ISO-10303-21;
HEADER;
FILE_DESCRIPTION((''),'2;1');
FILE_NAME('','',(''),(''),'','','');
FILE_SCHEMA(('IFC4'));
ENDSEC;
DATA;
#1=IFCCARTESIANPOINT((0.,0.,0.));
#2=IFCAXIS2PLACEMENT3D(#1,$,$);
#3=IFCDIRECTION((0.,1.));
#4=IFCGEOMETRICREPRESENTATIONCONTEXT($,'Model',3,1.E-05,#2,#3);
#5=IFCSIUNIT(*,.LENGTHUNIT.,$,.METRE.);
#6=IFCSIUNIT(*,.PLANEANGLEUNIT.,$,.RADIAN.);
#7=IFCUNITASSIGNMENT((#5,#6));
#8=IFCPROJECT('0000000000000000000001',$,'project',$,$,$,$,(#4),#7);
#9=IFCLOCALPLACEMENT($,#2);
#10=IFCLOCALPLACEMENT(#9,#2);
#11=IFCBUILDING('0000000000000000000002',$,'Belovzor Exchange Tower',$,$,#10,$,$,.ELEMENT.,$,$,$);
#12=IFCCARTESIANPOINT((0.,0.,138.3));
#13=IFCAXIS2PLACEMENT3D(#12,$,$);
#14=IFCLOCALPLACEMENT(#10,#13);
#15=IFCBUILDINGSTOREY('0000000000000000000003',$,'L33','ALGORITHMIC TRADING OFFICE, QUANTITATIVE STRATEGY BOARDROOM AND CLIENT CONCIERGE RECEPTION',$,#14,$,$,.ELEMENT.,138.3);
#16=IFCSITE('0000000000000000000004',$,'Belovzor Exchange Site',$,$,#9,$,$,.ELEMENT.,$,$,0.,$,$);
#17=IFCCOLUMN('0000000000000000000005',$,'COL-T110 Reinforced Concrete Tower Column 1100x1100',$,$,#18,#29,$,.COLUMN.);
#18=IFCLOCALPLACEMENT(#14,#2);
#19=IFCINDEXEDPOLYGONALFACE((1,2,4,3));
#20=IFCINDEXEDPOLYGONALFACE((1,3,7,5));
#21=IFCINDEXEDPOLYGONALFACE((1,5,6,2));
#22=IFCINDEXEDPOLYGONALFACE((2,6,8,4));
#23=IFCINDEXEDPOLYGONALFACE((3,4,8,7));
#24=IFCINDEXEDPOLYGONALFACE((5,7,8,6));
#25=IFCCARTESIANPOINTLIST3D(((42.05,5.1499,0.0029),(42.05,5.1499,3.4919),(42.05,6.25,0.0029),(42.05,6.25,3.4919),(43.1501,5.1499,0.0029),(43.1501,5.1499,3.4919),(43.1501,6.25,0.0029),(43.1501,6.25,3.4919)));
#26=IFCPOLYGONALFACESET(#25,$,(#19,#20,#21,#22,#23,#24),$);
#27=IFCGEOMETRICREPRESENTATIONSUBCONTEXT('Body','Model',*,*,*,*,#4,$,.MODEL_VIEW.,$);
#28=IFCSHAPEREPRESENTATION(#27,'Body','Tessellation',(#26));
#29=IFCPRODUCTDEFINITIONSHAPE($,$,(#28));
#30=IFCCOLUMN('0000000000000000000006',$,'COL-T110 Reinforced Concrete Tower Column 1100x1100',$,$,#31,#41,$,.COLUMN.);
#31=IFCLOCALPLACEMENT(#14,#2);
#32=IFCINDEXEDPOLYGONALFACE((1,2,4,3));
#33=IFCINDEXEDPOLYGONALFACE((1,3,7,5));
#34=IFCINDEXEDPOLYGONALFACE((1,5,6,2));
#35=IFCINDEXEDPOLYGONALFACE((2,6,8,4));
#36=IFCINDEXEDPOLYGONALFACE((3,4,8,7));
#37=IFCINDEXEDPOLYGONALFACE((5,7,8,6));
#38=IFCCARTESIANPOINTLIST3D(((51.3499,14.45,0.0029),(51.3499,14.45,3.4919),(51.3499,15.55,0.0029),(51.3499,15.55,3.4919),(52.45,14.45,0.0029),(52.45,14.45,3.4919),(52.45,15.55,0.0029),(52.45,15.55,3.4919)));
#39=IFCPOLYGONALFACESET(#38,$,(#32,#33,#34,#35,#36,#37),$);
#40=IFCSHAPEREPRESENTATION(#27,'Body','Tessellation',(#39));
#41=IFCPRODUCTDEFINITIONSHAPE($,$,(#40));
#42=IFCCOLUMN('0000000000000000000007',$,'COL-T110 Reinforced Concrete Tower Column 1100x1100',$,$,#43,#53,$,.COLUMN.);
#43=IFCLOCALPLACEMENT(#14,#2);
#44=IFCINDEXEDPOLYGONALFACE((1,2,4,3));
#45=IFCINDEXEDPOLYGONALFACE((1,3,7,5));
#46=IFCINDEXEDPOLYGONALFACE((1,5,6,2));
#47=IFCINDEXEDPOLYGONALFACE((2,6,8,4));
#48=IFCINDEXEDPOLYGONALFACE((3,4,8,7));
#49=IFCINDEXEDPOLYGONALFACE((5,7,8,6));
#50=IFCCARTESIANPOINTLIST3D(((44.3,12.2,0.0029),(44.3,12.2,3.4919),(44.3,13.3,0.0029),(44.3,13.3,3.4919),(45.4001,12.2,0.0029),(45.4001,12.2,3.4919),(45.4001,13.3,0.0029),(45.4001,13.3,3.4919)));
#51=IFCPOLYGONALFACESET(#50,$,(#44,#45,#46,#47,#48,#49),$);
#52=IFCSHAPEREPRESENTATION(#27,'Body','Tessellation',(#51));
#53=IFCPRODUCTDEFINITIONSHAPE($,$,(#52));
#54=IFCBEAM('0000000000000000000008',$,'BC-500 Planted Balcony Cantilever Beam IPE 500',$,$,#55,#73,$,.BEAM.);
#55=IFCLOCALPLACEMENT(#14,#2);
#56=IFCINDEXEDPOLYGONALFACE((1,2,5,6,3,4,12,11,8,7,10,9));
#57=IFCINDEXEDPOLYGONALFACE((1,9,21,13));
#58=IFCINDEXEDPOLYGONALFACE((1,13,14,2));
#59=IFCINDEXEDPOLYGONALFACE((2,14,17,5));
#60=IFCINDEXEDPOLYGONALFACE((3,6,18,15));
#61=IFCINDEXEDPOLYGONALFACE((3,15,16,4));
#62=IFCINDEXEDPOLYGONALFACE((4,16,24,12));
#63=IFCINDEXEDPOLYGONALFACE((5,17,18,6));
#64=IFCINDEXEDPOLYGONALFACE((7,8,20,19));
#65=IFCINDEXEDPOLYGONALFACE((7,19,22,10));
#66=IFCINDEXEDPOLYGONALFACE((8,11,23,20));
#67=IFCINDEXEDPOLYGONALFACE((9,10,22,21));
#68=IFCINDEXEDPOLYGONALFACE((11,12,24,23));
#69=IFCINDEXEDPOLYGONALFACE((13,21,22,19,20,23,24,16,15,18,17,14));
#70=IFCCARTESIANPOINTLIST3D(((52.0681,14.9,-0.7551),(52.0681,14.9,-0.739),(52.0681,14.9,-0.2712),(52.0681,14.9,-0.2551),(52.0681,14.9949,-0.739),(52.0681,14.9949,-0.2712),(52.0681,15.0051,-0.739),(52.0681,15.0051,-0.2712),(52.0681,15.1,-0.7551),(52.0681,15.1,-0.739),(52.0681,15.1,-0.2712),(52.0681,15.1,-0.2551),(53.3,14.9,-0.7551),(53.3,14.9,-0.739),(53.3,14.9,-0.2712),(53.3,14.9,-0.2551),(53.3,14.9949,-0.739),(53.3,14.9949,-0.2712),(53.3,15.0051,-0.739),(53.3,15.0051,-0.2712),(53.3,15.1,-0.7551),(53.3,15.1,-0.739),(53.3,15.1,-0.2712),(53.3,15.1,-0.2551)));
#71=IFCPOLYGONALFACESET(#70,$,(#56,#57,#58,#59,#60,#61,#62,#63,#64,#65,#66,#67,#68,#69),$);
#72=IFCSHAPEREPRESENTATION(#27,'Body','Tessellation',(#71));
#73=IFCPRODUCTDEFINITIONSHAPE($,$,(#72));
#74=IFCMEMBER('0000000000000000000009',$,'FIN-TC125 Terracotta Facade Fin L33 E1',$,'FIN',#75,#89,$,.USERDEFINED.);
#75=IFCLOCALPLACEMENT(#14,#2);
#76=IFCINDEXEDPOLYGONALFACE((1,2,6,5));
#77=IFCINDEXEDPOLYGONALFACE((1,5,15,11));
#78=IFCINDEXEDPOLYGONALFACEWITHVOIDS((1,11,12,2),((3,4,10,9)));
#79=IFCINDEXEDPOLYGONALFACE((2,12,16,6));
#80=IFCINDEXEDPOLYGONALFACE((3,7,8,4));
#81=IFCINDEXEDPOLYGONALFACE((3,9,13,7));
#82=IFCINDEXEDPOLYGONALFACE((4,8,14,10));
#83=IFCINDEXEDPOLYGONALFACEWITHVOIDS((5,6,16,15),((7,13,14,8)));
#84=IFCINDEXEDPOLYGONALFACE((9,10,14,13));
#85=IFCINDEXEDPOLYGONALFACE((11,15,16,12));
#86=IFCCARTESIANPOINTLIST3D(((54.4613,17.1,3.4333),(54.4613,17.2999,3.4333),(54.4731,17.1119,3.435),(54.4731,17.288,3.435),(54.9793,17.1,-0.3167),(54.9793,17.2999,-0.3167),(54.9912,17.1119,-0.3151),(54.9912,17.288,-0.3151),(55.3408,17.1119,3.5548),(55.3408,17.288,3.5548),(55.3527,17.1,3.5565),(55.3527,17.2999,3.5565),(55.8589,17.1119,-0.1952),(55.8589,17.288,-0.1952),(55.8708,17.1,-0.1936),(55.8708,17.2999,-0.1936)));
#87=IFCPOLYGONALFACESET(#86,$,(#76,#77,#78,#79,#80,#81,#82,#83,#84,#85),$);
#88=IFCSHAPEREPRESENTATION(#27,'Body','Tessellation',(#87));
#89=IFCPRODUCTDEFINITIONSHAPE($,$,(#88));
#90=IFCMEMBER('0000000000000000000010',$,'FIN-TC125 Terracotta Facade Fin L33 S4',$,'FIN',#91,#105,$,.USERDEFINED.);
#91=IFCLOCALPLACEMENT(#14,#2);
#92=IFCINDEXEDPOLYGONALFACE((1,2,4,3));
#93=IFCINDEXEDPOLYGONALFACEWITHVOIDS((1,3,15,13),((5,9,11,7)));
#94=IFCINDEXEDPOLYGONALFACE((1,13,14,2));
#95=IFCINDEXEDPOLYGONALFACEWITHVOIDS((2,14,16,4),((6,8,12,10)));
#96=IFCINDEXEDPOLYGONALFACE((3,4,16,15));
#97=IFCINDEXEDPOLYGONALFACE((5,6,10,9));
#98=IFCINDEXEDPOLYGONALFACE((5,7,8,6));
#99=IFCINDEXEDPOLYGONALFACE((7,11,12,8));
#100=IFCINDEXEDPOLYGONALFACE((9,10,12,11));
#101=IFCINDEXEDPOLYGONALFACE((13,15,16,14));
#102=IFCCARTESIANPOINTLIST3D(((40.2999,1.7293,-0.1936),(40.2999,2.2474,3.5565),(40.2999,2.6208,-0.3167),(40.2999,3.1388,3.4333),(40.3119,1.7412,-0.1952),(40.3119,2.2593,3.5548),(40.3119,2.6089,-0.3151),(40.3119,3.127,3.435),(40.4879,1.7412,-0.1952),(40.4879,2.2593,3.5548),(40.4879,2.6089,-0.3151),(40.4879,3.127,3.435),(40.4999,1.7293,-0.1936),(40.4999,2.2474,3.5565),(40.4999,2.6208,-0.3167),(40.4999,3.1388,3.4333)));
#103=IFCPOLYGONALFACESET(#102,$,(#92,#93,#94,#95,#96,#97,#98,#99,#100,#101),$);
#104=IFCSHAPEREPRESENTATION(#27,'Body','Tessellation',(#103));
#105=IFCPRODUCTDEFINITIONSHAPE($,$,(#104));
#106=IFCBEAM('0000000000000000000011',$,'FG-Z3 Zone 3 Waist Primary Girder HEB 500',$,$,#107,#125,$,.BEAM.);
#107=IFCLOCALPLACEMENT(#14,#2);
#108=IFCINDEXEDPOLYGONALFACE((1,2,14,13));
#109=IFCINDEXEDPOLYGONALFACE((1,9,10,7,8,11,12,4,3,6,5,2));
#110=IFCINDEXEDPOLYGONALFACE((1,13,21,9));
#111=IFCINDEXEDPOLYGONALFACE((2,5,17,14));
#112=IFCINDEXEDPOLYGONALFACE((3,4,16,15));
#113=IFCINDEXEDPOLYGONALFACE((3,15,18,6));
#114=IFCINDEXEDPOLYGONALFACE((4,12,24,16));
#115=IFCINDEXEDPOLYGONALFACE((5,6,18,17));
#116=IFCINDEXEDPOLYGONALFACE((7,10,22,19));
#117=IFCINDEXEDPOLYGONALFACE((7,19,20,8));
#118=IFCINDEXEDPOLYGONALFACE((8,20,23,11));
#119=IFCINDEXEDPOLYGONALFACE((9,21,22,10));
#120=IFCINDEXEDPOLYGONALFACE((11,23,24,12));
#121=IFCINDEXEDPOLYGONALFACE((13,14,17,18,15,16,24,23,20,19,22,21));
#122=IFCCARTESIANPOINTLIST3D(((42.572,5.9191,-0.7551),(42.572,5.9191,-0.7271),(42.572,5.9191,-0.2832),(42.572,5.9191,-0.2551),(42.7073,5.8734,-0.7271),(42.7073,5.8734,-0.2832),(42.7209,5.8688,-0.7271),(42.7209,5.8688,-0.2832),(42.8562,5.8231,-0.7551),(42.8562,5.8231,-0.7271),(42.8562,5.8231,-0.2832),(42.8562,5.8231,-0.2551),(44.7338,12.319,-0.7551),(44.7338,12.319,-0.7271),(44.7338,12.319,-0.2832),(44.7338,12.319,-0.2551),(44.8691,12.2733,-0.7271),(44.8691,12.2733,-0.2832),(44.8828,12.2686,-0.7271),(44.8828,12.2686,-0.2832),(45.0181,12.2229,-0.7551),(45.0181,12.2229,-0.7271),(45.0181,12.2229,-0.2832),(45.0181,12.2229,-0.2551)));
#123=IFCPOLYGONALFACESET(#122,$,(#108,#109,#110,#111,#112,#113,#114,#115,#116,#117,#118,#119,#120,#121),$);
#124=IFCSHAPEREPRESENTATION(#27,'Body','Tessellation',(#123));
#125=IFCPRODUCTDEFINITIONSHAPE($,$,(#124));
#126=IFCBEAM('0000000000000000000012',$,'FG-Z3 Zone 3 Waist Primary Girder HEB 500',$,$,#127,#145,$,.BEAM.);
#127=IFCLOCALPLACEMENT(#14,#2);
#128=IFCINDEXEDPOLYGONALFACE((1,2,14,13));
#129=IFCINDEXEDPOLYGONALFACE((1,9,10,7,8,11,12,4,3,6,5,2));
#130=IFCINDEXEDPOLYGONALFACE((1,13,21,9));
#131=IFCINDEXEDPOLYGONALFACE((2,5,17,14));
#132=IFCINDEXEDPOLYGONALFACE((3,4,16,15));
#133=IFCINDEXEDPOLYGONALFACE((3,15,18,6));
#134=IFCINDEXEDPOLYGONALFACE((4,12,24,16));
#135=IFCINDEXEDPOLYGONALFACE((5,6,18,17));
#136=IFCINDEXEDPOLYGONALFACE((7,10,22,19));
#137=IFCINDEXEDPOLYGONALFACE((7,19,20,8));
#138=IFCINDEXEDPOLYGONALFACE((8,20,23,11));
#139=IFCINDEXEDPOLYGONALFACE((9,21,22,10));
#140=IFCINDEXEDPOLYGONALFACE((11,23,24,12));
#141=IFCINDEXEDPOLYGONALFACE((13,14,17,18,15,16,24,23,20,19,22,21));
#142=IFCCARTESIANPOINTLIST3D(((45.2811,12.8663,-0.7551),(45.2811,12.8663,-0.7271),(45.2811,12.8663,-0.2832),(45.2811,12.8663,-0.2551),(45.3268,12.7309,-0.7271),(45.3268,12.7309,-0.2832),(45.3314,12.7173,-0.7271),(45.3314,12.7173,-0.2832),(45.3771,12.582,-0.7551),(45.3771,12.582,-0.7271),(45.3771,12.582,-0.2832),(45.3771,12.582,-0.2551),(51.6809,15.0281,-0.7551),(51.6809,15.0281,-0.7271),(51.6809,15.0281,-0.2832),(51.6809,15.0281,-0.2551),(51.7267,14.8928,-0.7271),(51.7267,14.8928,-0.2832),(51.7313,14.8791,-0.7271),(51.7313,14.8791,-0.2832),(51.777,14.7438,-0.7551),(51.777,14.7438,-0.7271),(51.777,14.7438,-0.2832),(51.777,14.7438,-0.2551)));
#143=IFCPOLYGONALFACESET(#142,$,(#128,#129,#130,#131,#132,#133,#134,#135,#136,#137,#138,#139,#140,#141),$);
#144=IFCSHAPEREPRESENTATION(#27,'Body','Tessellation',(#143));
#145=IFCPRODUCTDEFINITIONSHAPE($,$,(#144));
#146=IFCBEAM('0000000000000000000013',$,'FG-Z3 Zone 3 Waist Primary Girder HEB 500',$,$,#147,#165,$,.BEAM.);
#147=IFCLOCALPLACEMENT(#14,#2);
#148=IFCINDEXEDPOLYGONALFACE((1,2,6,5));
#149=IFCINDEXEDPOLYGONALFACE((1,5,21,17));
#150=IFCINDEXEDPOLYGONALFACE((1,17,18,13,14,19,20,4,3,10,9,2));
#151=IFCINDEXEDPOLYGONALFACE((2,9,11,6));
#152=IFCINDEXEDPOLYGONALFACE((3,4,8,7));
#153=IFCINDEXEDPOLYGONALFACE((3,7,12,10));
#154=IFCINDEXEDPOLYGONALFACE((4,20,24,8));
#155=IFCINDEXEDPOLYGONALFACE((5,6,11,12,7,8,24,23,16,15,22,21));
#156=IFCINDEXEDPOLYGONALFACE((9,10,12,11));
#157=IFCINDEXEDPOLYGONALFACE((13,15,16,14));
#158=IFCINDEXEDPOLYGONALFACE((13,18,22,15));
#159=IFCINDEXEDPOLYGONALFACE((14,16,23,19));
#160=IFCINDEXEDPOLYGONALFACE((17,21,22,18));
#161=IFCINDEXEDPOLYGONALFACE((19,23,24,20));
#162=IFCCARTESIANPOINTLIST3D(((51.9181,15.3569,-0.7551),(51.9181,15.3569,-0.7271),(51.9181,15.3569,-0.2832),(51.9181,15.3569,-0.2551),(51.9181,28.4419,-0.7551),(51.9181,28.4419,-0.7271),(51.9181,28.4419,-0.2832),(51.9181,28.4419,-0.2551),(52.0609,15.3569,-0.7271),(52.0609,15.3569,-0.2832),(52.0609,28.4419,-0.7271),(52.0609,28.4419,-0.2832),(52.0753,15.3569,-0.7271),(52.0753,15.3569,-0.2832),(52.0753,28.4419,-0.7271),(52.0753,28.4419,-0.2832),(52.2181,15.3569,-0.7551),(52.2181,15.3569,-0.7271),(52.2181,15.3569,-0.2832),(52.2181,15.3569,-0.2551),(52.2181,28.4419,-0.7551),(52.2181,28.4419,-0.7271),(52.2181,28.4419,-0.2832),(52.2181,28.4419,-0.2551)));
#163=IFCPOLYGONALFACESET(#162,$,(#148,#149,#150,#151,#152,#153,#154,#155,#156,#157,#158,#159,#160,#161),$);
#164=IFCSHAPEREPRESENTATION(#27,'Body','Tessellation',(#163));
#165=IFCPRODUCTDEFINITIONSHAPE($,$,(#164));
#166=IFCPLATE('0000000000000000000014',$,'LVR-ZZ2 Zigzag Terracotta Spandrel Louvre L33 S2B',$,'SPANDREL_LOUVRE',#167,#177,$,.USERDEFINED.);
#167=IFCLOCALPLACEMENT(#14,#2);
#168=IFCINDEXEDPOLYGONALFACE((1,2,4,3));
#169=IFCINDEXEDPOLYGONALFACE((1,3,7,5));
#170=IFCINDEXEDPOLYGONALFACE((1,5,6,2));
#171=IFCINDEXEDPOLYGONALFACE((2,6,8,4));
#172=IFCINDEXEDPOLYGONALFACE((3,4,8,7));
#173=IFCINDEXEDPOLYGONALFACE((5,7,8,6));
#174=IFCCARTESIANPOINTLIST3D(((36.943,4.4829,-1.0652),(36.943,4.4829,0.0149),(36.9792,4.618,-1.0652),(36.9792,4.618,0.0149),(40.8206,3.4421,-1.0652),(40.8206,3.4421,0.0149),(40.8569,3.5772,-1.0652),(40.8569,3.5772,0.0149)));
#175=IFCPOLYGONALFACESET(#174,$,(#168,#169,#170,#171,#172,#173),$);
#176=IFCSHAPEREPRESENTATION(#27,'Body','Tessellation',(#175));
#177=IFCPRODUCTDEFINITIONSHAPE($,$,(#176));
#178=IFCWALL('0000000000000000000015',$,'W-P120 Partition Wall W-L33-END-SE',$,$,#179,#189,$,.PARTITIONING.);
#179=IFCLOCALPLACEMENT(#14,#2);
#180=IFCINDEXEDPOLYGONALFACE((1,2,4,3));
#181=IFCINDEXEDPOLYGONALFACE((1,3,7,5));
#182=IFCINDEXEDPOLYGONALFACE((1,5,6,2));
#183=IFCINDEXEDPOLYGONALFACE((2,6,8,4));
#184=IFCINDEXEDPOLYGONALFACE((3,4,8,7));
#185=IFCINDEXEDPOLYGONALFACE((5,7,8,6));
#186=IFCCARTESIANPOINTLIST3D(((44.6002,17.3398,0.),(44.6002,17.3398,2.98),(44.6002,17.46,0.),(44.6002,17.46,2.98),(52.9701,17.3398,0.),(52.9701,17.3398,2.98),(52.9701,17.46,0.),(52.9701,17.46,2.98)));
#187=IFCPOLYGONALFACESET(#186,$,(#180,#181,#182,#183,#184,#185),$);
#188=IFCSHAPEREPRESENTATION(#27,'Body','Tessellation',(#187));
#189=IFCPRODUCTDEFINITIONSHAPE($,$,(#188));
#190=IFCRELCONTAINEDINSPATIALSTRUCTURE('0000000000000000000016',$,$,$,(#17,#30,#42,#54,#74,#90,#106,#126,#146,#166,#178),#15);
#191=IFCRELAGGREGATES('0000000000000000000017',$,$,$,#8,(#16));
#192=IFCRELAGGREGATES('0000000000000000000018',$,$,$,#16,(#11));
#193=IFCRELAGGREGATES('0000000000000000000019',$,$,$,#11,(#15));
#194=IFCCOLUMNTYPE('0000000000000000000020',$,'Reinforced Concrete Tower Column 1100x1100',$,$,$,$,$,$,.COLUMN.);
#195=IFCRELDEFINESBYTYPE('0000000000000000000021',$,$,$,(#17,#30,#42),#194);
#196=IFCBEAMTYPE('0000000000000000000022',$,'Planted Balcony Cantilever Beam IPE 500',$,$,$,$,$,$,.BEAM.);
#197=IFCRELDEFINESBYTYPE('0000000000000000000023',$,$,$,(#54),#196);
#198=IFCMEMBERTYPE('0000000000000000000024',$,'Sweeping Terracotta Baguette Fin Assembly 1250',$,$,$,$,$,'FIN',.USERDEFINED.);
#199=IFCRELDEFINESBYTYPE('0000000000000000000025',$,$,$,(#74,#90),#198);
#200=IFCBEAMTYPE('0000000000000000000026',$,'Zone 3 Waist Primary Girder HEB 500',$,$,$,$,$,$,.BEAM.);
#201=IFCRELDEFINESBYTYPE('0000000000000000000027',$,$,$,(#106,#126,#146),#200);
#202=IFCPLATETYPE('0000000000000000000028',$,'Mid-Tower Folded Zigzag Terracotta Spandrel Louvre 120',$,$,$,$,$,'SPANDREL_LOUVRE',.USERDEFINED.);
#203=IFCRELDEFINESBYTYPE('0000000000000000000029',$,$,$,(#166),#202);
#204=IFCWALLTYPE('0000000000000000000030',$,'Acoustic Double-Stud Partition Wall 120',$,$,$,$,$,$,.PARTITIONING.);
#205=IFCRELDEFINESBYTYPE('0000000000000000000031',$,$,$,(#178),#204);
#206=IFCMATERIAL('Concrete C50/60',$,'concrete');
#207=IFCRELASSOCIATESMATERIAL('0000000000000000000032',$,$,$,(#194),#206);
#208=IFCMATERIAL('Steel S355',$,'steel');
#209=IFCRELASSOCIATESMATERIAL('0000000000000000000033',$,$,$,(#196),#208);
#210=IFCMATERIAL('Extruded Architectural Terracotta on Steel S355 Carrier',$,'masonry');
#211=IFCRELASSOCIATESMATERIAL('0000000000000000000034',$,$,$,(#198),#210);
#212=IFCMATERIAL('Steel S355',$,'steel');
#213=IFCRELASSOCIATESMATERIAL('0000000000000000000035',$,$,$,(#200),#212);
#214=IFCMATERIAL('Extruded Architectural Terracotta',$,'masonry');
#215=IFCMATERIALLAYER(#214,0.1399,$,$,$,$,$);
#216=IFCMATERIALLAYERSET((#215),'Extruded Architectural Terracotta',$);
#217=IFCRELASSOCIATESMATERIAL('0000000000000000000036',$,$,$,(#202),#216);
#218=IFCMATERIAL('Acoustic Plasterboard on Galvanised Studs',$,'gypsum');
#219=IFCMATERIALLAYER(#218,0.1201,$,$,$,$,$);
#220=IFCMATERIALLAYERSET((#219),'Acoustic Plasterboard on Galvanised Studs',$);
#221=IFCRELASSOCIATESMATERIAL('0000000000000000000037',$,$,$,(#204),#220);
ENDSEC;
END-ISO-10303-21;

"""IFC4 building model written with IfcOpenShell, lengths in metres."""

from ifc_helpers import new_model, si_unit, direction, frame, frame_2d, origin, origin_2d, place, context, subcontext, project, spatial, rectangle, hollow_rectangle, i_section, extrude, material, layer, layer_set, material_profile, profile_set, type_object, element, save


model = new_model("IFC4")

# Units and contexts
model_context = context("Model", 3, precision=1e-05, world=origin(), true_north=direction((0.0, 1.0)))
body_context = subcontext(model_context, "Body", "Model", "MODEL_VIEW")
ifc_project = project(units=[si_unit("LENGTHUNIT", "METRE"), si_unit("PLANEANGLEUNIT", "RADIAN")], contexts=[model_context])

# Site, building, storey
site_placement = place(None, origin())
site = spatial("IfcSite", under=ifc_project, at=site_placement, Name="Belovzor Exchange Site", CompositionType="ELEMENT", RefElevation=0.0)
building_placement = place(site_placement, origin())
building = spatial("IfcBuilding", under=site, at=building_placement, Name="Belovzor Exchange Tower", CompositionType="ELEMENT")
storey_placement = place(building_placement, frame((0.0, 0.0, 138.3)))
storey = spatial("IfcBuildingStorey", under=building, at=storey_placement, Name="L33", Description="ALGORITHMIC TRADING OFFICE, QUANTITATIVE STRATEGY BOARDROOM AND CLIENT CONCIERGE RECEPTION", CompositionType="ELEMENT", Elevation=138.3)

# Columns
ifc_material_1 = material(Name="Concrete C50/60", Category="concrete")
ifc_material_profile_1 = material_profile(ifc_material_1, rectangle(XDim=1.1001, YDim=1.1001, at=origin_2d()))
ifc_profile_set_1 = profile_set([ifc_material_profile_1], Name="Concrete C50/60")
column_type = type_object("IfcColumnType", Name="Reinforced Concrete Tower Column 1100x1100", PredefinedType="COLUMN", material=ifc_profile_set_1)
for number, where, z_axis, x_axis, name in (
    (1, (42.6001, 5.7, 0.0029), (0.0, 0.0, 1.0), (1.0, 0.0, 0.0), "COL-T110 Reinforced Concrete Tower Column 1100x1100"),
    (2, (51.8999, 15.0, 0.0029), (0.0, 0.0, 1.0), (1.0, 0.0, 0.0), "COL-T110 Reinforced Concrete Tower Column 1100x1100"),
    (3, (44.8501, 12.75, 0.0029), (0.0, 0.0, 1.0), (1.0, 0.0, 0.0), "COL-T110 Reinforced Concrete Tower Column 1100x1100"),
):
    element("IfcColumn", number, at=place(storey_placement, frame(where, z_axis=z_axis, x_axis=x_axis)), inside=storey, type_object=column_type, Name=name, PredefinedType="COLUMN", context=body_context, shape_type="SweptSolid", body=[
        extrude(rectangle(XDim=1.1001, YDim=1.1001, at=origin_2d()), origin(), (0.0, 0.0, 1.0), 3.489),
    ])

# Beam
ifc_material_2 = material(Name="Steel S355", Category="steel")
ifc_material_profile_2 = material_profile(ifc_material_2, i_section(OverallWidth=0.2, OverallDepth=0.5, WebThickness=0.0103, FlangeThickness=0.0161, at=origin_2d()))
ifc_profile_set_2 = profile_set([ifc_material_profile_2], Name="Steel S355")
beam_type_1 = type_object("IfcBeamType", Name="Planted Balcony Cantilever Beam IPE 500", PredefinedType="BEAM", material=ifc_profile_set_2)
beam_1_placement = place(storey_placement, frame((52.0681, 15.0, -0.5051), z_axis=(1.0, 0.0, 0.0), x_axis=(0.0, 1.0, 0.0)))
element("IfcBeam", 4, at=beam_1_placement, inside=storey, type_object=beam_type_1, Name="BC-500 Planted Balcony Cantilever Beam IPE 500", PredefinedType="BEAM", context=body_context, shape_type="SweptSolid", body=[
    extrude(i_section(OverallWidth=0.2, OverallDepth=0.5, WebThickness=0.0103, FlangeThickness=0.0161, at=origin_2d()), origin(), (0.0, 0.0, 1.0), 1.2319),
])

# Members
ifc_material_3 = material(Name="Extruded Architectural Terracotta on Steel S355 Carrier", Category="masonry")
ifc_material_profile_3 = material_profile(ifc_material_3, hollow_rectangle(XDim=0.2, YDim=0.8999, WallThickness=0.012, at=origin_2d()))
ifc_profile_set_3 = profile_set([ifc_material_profile_3], Name="Extruded Architectural Terracotta on Steel S355 Carrier")
member_type = type_object("IfcMemberType", Name="Sweeping Terracotta Baguette Fin Assembly 1250", ElementType="FIN", PredefinedType="USERDEFINED", material=ifc_profile_set_3)
for number, where, z_axis, x_axis, name in (
    (5, (55.425, 17.2, -0.2551), (-0.136851, 0.0, 0.990592), (0.0, -1.0, 0.0), "FIN-TC125 Terracotta Facade Fin L33 E1"),
    (6, (40.3999, 2.175, -0.2551), (0.0, 0.136851, 0.990592), (-1.0, 0.0, 0.0), "FIN-TC125 Terracotta Facade Fin L33 S4"),
):
    element("IfcMember", number, at=place(storey_placement, frame(where, z_axis=z_axis, x_axis=x_axis)), inside=storey, type_object=member_type, Name=name, ObjectType="FIN", PredefinedType="USERDEFINED", context=body_context, shape_type="SweptSolid", body=[
        extrude(hollow_rectangle(XDim=0.2, YDim=0.8999, WallThickness=0.012, at=origin_2d()), origin(), (0.0, 0.0, 1.0), 3.7856),
    ])

# Beams
ifc_material_4 = material(Name="Steel S355", Category="steel")
ifc_material_profile_4 = material_profile(ifc_material_4, i_section(OverallWidth=0.3, OverallDepth=0.5, WebThickness=0.0144, FlangeThickness=0.0281, at=origin_2d()))
ifc_profile_set_4 = profile_set([ifc_material_profile_4], Name="Steel S355")
beam_type_2 = type_object("IfcBeamType", Name="Zone 3 Waist Primary Girder HEB 500", PredefinedType="BEAM", material=ifc_profile_set_4)
for number, where, z_axis, x_axis, name in (
    (7, (42.7141, 5.8711, -0.5051), (0.320031, 0.947407, 0.0), (-0.947407, 0.320031, 0.0), "FG-Z3 Zone 3 Waist Primary Girder HEB 500"),
    (8, (45.3291, 12.7241, -0.5051), (0.947407, 0.320031, 0.0), (-0.320031, 0.947407, 0.0), "FG-Z3 Zone 3 Waist Primary Girder HEB 500"),
):
    element("IfcBeam", number, at=place(storey_placement, frame(where, z_axis=z_axis, x_axis=x_axis)), inside=storey, type_object=beam_type_2, Name=name, PredefinedType="BEAM", context=body_context, shape_type="SweptSolid", body=[
        extrude(i_section(OverallWidth=0.3, OverallDepth=0.5, WebThickness=0.0144, FlangeThickness=0.0281, at=origin_2d()), origin(), (0.0, 0.0, 1.0), 6.7551),
    ])
beam_2_placement = place(storey_placement, frame((52.0681, 15.3569, -0.5051), z_axis=(0.0, 1.0, 0.0), x_axis=(-1.0, 0.0, 0.0)))
element("IfcBeam", 9, at=beam_2_placement, inside=storey, type_object=beam_type_2, Name="FG-Z3 Zone 3 Waist Primary Girder HEB 500", PredefinedType="BEAM", context=body_context, shape_type="SweptSolid", body=[
    extrude(i_section(OverallWidth=0.3, OverallDepth=0.5, WebThickness=0.0144, FlangeThickness=0.0281, at=origin_2d()), origin(), (0.0, 0.0, 1.0), 13.085),
])

# Plate
ifc_material_5 = material(Name="Extruded Architectural Terracotta", Category="masonry")
ifc_layer_1 = layer(ifc_material_5, 0.1399)
ifc_layer_set_1 = layer_set([ifc_layer_1], Name="Extruded Architectural Terracotta")
plate_type = type_object("IfcPlateType", Name="Mid-Tower Folded Zigzag Terracotta Spandrel Louvre 120", ElementType="SPANDREL_LOUVRE", PredefinedType="USERDEFINED", material=ifc_layer_set_1)
plate_placement = place(storey_placement, frame((38.8999, 4.03, -1.0652), z_axis=(0.0, 0.0, 1.0), x_axis=(0.965813, -0.25924, 0.0)))
element("IfcPlate", 10, at=plate_placement, inside=storey, type_object=plate_type, Name="LVR-ZZ2 Zigzag Terracotta Spandrel Louvre L33 S2B", ObjectType="SPANDREL_LOUVRE", PredefinedType="USERDEFINED", context=body_context, shape_type="SweptSolid", body=[
    extrude(rectangle(XDim=4.0149, YDim=0.1399, at=origin_2d()), origin(), (0.0, 0.0, 1.0), 1.0801),
])

# Wall
ifc_material_6 = material(Name="Acoustic Plasterboard on Galvanised Studs", Category="gypsum")
ifc_layer_2 = layer(ifc_material_6, 0.1201)
ifc_layer_set_2 = layer_set([ifc_layer_2], Name="Acoustic Plasterboard on Galvanised Studs")
wall_type_1 = type_object("IfcWallType", Name="Acoustic Double-Stud Partition Wall 120", PredefinedType="PARTITIONING", material=ifc_layer_set_2)
wall_1_placement = place(storey_placement, frame((44.6001, 17.3999, 0.0), z_axis=(0.0, 0.0, 1.0), x_axis=(1.0, 0.0, 0.0)))
element("IfcWall", 11, at=wall_1_placement, inside=storey, type_object=wall_type_1, Name="W-P120 Partition Wall W-L33-END-SE", PredefinedType="PARTITIONING", context=body_context, shape_type="SweptSolid", body=[
    extrude(rectangle(XDim=8.3699, YDim=0.1201, at=frame_2d((4.1851, 0.0))), origin(), (0.0, 0.0, 1.0), 2.98),
])

save(model, "model.ifc")
